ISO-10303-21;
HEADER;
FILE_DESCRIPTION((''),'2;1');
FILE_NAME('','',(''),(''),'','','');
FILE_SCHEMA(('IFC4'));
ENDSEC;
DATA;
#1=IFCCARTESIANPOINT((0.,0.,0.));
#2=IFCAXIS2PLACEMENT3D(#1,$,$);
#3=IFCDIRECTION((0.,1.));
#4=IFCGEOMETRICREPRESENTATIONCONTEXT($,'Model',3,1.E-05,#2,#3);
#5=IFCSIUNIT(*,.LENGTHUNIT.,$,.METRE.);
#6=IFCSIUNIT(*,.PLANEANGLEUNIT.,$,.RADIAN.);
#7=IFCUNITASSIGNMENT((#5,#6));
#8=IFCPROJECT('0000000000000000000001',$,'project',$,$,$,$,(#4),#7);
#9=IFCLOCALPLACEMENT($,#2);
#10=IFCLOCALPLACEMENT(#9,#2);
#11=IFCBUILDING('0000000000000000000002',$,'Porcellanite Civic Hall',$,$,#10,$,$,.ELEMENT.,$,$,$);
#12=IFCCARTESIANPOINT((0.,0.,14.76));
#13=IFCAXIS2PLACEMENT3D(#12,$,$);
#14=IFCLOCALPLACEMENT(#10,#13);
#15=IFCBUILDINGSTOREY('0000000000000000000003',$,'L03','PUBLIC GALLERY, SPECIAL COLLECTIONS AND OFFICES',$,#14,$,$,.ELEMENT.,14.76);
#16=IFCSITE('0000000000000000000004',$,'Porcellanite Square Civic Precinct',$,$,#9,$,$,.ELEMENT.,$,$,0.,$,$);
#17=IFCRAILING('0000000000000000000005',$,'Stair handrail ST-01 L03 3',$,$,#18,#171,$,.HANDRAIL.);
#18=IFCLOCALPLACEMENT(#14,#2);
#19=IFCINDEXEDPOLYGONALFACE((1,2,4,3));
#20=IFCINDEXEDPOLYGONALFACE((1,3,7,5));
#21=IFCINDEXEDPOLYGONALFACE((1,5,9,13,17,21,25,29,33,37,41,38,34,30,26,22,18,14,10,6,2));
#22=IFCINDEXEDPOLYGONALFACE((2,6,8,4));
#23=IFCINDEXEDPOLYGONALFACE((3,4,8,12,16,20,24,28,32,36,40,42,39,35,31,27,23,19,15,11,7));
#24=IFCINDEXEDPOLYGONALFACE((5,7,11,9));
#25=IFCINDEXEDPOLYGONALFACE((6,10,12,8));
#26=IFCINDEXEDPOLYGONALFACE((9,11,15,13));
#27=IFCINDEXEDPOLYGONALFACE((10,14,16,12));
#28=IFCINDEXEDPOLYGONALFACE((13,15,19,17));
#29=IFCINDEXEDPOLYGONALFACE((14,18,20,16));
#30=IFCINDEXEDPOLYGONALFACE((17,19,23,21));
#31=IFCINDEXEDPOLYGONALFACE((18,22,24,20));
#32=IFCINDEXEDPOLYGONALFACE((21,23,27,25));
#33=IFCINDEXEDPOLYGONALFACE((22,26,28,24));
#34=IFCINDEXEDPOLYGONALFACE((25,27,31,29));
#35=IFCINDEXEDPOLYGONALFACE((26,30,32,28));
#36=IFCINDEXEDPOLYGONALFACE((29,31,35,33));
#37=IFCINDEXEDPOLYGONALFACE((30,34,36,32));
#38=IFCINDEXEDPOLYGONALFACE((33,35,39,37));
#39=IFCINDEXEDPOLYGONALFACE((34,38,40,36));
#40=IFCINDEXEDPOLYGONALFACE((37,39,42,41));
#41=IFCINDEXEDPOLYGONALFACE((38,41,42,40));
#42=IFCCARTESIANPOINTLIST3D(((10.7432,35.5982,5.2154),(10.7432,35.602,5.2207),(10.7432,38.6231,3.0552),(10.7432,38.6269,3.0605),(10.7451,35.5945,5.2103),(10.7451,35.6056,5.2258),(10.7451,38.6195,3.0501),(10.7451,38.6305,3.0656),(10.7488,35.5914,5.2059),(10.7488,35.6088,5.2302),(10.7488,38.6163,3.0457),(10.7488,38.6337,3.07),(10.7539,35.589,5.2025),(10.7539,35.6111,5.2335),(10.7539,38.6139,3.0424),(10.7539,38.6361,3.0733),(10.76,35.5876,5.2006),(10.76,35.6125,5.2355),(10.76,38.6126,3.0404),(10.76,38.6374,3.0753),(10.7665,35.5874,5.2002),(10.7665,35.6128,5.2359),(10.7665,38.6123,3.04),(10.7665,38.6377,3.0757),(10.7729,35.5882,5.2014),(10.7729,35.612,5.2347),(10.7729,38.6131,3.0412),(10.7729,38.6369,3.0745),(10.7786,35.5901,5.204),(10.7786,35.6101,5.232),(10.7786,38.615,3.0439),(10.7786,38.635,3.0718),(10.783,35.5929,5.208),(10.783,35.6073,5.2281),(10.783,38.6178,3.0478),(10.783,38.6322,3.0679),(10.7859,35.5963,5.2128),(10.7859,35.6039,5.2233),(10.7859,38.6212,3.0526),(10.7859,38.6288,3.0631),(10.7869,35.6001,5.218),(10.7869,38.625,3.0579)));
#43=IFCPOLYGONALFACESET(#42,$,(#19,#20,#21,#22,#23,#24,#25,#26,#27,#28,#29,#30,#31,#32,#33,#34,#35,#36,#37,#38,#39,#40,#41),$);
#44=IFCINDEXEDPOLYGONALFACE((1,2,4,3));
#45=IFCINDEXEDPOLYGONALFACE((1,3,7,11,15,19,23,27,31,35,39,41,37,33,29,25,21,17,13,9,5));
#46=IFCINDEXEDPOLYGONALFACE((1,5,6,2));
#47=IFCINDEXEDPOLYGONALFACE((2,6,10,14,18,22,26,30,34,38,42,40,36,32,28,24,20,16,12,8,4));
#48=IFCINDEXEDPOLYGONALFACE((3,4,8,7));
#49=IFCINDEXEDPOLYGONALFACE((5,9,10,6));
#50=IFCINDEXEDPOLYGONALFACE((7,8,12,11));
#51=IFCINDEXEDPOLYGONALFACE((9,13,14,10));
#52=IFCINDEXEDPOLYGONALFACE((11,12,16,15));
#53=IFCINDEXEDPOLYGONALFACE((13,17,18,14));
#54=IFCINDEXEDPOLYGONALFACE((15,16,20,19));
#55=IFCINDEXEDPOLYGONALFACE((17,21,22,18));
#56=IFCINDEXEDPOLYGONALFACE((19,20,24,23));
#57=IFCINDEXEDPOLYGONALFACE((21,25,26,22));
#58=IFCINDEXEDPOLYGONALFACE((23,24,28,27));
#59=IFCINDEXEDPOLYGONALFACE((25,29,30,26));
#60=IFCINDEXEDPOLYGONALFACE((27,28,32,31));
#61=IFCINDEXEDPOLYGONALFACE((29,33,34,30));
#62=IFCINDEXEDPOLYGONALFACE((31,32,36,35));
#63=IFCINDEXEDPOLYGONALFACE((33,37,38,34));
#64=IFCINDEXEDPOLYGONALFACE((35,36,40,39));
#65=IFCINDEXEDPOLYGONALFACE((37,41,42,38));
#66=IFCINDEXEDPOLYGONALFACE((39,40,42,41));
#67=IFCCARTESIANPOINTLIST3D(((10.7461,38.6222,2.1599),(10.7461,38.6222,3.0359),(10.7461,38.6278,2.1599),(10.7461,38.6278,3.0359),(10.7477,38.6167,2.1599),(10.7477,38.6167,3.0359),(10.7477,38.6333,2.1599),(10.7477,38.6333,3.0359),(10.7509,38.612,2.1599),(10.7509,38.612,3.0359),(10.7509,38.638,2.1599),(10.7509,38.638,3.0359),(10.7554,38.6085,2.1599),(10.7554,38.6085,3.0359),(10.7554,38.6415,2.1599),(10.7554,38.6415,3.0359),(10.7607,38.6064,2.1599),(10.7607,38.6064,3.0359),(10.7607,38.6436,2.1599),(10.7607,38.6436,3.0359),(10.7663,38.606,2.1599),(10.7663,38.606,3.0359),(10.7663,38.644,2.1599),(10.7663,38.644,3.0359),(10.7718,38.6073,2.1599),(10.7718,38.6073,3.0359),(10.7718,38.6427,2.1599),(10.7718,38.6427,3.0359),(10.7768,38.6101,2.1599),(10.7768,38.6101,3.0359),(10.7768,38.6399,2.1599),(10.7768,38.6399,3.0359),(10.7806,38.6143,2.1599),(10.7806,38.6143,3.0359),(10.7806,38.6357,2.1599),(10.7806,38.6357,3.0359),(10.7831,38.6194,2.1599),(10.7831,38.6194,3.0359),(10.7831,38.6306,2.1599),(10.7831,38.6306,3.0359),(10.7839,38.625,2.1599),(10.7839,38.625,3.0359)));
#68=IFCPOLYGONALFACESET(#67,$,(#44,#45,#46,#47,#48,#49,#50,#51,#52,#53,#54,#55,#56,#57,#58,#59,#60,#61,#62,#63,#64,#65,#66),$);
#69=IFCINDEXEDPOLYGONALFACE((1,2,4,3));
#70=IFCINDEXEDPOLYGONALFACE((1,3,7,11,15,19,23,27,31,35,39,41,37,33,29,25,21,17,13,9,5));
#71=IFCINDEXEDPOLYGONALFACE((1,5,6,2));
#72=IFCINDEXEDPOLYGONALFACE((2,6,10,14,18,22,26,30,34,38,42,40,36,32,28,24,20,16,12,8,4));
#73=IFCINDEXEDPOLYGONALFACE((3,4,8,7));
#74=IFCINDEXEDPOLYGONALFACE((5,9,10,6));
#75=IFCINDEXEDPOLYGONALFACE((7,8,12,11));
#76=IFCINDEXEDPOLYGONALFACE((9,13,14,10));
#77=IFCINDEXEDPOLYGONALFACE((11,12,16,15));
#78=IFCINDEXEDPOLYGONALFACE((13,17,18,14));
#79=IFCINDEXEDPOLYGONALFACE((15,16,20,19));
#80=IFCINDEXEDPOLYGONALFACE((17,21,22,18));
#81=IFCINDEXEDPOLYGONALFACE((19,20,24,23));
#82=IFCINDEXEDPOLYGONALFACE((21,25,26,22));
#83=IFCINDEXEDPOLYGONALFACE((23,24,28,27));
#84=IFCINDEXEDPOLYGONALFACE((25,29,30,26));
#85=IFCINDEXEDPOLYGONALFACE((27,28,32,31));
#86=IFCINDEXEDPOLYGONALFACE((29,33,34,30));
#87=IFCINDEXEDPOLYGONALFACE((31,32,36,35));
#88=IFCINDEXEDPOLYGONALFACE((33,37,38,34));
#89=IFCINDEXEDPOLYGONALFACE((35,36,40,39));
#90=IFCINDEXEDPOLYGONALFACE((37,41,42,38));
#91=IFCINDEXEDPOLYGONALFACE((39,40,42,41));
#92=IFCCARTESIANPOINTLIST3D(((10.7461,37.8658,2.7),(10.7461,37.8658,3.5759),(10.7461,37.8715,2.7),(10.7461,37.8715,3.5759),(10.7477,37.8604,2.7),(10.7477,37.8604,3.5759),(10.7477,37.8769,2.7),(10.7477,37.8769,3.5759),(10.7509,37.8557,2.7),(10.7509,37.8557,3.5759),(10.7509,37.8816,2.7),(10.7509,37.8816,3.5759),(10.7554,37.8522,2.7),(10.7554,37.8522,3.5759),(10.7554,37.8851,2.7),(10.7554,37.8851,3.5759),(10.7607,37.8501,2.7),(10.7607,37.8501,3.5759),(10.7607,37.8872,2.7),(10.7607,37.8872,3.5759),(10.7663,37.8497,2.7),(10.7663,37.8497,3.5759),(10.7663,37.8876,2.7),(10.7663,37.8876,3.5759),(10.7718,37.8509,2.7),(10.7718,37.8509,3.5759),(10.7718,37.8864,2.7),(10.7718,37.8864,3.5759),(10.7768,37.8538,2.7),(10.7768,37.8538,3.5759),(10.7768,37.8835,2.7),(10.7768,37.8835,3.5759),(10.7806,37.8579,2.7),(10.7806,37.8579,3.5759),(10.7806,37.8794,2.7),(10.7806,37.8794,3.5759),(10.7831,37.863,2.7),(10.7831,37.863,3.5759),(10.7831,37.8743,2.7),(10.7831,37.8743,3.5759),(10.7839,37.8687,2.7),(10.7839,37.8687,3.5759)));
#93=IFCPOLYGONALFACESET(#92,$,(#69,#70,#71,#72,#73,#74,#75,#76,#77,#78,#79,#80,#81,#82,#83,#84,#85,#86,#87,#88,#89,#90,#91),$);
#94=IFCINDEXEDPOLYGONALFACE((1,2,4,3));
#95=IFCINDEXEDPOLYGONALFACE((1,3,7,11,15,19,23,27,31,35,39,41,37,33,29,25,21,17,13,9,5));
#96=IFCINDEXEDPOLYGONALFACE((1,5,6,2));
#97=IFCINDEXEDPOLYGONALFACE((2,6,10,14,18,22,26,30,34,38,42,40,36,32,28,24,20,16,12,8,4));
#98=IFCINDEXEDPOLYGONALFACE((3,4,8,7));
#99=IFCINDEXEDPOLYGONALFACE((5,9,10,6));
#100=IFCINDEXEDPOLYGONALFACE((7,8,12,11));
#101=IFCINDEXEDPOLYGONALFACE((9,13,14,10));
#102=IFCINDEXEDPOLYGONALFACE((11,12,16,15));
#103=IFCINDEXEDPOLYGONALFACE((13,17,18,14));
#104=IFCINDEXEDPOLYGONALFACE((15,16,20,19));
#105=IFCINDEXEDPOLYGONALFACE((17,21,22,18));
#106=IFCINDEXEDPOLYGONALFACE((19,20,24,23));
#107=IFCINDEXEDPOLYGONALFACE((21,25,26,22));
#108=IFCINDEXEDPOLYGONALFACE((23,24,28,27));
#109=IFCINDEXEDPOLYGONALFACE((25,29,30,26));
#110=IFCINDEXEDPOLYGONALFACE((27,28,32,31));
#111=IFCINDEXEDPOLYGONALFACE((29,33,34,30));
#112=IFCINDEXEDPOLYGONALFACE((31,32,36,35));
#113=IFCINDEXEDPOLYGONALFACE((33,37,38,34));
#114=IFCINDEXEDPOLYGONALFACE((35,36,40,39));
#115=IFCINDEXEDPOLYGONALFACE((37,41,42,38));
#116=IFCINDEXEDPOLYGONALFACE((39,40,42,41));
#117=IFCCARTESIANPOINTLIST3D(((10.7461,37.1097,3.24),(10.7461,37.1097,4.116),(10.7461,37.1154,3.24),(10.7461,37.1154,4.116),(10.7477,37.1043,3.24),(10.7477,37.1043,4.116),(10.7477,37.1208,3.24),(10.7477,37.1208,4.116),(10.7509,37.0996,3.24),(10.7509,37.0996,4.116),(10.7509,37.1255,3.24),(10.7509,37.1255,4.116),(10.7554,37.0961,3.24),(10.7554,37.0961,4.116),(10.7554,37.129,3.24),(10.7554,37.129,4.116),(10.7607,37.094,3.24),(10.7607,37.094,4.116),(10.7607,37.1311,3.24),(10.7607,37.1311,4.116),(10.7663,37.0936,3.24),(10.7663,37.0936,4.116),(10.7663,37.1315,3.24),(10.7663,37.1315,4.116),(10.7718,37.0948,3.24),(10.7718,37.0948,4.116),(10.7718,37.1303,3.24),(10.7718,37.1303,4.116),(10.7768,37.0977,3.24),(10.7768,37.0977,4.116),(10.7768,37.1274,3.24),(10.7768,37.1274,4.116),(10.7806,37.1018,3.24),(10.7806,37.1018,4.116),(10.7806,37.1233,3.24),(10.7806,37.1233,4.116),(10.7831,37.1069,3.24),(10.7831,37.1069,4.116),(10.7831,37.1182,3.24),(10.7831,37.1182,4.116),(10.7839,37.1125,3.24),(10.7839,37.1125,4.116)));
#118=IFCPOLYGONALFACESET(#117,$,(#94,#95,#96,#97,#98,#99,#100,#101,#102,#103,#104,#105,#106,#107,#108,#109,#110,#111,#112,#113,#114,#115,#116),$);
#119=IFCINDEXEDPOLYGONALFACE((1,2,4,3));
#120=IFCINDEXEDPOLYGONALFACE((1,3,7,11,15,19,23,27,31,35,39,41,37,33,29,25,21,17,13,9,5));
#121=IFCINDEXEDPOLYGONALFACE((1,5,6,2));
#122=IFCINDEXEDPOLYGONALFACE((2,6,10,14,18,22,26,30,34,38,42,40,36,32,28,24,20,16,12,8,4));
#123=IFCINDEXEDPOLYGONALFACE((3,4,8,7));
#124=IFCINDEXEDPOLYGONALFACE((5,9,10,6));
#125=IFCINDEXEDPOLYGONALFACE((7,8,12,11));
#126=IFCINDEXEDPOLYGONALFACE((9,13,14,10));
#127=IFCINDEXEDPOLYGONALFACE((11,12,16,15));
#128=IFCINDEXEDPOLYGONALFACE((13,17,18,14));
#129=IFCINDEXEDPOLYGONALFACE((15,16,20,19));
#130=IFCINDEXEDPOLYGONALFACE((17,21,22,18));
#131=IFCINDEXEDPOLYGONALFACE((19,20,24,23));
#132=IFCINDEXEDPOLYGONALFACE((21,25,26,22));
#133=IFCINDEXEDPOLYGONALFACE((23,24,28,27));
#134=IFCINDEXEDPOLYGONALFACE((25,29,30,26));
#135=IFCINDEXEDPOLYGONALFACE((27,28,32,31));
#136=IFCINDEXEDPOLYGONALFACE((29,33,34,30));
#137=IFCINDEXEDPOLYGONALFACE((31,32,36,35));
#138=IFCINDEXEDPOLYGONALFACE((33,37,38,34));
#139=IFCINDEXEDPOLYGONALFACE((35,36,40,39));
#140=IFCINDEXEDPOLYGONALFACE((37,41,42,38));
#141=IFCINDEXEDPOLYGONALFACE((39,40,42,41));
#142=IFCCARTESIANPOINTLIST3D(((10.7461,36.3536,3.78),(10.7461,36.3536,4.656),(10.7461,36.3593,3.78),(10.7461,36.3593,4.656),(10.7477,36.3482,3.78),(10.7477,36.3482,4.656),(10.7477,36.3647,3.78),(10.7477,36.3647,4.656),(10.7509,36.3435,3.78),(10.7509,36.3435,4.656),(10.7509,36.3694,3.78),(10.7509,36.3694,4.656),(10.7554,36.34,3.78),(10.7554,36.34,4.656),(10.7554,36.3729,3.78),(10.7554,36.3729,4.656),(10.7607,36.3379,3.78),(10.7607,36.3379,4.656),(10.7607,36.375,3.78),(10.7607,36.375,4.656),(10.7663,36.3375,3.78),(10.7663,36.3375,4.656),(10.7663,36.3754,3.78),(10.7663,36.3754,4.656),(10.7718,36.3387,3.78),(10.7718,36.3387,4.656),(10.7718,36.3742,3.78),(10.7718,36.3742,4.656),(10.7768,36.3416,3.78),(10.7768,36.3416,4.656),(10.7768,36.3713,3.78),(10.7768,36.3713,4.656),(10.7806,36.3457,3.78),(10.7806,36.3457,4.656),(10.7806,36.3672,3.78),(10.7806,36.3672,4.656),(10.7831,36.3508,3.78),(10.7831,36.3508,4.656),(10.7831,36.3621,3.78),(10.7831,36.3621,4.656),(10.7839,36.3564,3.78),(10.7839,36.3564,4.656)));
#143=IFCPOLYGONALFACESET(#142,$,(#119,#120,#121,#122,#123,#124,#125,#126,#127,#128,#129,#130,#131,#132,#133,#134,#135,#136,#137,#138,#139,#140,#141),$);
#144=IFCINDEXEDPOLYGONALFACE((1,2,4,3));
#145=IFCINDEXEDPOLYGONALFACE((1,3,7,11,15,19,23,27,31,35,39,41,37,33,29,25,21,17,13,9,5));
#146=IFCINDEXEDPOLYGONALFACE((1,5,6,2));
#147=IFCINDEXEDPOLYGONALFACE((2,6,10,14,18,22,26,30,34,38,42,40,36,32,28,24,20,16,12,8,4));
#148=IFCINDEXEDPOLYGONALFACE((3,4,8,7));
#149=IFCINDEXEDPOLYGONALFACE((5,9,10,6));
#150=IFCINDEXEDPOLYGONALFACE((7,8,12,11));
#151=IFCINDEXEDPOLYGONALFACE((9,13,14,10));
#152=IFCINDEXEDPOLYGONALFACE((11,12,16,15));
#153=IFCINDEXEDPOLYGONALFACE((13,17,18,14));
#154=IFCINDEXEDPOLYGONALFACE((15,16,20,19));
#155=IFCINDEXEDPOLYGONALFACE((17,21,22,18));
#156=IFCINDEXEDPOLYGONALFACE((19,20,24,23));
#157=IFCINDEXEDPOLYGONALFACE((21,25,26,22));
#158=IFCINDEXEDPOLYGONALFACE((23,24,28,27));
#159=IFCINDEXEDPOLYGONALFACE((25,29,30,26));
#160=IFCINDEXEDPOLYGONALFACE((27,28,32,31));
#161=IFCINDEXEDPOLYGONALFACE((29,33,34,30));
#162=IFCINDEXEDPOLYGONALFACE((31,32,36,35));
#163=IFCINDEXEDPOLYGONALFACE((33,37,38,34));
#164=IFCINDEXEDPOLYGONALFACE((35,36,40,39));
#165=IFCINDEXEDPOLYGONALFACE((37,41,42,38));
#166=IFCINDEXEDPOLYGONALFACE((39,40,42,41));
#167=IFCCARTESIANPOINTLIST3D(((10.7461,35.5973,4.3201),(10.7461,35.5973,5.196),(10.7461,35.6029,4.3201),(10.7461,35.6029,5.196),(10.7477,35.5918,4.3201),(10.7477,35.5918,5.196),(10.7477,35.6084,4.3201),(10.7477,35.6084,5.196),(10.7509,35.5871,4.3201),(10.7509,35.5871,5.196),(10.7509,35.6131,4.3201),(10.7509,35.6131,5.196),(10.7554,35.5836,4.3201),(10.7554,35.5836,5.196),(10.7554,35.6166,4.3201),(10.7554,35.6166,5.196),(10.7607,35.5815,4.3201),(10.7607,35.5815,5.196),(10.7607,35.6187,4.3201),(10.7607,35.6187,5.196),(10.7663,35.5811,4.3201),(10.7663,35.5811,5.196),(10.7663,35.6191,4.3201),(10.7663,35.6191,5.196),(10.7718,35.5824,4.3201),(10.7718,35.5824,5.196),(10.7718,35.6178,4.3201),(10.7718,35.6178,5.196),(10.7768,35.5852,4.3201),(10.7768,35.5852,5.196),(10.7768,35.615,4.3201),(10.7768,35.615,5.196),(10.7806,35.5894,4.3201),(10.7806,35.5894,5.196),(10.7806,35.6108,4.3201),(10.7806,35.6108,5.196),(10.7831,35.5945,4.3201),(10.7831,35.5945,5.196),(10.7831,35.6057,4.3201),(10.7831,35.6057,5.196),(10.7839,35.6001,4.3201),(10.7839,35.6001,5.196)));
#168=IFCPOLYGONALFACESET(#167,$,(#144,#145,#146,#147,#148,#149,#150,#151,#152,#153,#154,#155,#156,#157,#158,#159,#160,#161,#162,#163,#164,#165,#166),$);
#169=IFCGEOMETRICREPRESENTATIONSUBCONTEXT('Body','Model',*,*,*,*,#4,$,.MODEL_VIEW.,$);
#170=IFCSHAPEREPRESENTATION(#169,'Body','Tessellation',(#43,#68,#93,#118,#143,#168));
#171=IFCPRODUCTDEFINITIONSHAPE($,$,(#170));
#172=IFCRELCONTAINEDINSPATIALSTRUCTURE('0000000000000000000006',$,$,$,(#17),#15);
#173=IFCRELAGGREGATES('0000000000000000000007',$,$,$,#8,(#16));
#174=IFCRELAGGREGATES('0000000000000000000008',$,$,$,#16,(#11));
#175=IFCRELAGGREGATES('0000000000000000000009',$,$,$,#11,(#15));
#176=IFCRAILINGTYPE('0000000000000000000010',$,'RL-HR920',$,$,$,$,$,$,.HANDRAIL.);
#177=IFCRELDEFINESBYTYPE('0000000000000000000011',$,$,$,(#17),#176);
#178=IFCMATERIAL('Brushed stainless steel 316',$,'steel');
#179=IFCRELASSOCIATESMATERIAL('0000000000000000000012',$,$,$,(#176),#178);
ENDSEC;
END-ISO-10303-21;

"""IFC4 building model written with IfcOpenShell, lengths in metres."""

from ifc_helpers import new_model, si_unit, direction, frame, origin, origin_2d, place, context, subcontext, project, spatial, circle, extrude, material, type_object, element, save


model = new_model("IFC4")

# Units and contexts
model_context = context("Model", 3, precision=1e-05, world=origin(), true_north=direction((0.0, 1.0)))
body_context = subcontext(model_context, "Body", "Model", "MODEL_VIEW")
ifc_project = project(units=[si_unit("LENGTHUNIT", "METRE"), si_unit("PLANEANGLEUNIT", "RADIAN")], contexts=[model_context])

# Site, building, storey
site_placement = place(None, origin())
site = spatial("IfcSite", under=ifc_project, at=site_placement, Name="Porcellanite Square Civic Precinct", CompositionType="ELEMENT", RefElevation=0.0)
building_placement = place(site_placement, origin())
building = spatial("IfcBuilding", under=site, at=building_placement, Name="Porcellanite Civic Hall", CompositionType="ELEMENT")
storey_placement = place(building_placement, frame((0.0, 0.0, 14.76)))
storey = spatial("IfcBuildingStorey", under=building, at=storey_placement, Name="L03", Description="PUBLIC GALLERY, SPECIAL COLLECTIONS AND OFFICES", CompositionType="ELEMENT", Elevation=14.76)

# Railing
ifc_material_1 = material(Name="Brushed stainless steel 316", Category="steel")
railing_type_1 = type_object("IfcRailingType", Name="RL-HR920", PredefinedType="HANDRAIL", material=ifc_material_1)
railing_1_placement = place(storey_placement, frame((10.7649, 38.625, 2.1599)))
element("IfcRailing", 1, at=railing_1_placement, inside=storey, type_object=railing_type_1, Name="Stair handrail ST-01 L03 3", PredefinedType="HANDRAIL", context=body_context, shape_type="SweptSolid", body=[
    extrude(circle(Radius=0.022, at=origin_2d()), frame((0.0, 0.0, 0.8979), z_axis=(0.0, -0.813796, 0.581151), x_axis=(1.0, 0.0, 0.0)), (0.0, 0.0, 1.0), 3.717),
    extrude(circle(Radius=0.019, at=origin_2d()), origin(), (0.0, 0.0, 1.0), 0.876),
    extrude(circle(Radius=0.019, at=origin_2d()), frame((0.0, -0.7563, 0.54)), (0.0, 0.0, 1.0), 0.876),
    extrude(circle(Radius=0.019, at=origin_2d()), frame((0.0, -1.5125, 1.0801)), (0.0, 0.0, 1.0), 0.876),
    extrude(circle(Radius=0.019, at=origin_2d()), frame((0.0, -2.2686, 1.6201)), (0.0, 0.0, 1.0), 0.876),
    extrude(circle(Radius=0.019, at=origin_2d()), frame((0.0, -3.0249, 2.1602)), (0.0, 0.0, 1.0), 0.876),
])

save(model, "model.ifc")
